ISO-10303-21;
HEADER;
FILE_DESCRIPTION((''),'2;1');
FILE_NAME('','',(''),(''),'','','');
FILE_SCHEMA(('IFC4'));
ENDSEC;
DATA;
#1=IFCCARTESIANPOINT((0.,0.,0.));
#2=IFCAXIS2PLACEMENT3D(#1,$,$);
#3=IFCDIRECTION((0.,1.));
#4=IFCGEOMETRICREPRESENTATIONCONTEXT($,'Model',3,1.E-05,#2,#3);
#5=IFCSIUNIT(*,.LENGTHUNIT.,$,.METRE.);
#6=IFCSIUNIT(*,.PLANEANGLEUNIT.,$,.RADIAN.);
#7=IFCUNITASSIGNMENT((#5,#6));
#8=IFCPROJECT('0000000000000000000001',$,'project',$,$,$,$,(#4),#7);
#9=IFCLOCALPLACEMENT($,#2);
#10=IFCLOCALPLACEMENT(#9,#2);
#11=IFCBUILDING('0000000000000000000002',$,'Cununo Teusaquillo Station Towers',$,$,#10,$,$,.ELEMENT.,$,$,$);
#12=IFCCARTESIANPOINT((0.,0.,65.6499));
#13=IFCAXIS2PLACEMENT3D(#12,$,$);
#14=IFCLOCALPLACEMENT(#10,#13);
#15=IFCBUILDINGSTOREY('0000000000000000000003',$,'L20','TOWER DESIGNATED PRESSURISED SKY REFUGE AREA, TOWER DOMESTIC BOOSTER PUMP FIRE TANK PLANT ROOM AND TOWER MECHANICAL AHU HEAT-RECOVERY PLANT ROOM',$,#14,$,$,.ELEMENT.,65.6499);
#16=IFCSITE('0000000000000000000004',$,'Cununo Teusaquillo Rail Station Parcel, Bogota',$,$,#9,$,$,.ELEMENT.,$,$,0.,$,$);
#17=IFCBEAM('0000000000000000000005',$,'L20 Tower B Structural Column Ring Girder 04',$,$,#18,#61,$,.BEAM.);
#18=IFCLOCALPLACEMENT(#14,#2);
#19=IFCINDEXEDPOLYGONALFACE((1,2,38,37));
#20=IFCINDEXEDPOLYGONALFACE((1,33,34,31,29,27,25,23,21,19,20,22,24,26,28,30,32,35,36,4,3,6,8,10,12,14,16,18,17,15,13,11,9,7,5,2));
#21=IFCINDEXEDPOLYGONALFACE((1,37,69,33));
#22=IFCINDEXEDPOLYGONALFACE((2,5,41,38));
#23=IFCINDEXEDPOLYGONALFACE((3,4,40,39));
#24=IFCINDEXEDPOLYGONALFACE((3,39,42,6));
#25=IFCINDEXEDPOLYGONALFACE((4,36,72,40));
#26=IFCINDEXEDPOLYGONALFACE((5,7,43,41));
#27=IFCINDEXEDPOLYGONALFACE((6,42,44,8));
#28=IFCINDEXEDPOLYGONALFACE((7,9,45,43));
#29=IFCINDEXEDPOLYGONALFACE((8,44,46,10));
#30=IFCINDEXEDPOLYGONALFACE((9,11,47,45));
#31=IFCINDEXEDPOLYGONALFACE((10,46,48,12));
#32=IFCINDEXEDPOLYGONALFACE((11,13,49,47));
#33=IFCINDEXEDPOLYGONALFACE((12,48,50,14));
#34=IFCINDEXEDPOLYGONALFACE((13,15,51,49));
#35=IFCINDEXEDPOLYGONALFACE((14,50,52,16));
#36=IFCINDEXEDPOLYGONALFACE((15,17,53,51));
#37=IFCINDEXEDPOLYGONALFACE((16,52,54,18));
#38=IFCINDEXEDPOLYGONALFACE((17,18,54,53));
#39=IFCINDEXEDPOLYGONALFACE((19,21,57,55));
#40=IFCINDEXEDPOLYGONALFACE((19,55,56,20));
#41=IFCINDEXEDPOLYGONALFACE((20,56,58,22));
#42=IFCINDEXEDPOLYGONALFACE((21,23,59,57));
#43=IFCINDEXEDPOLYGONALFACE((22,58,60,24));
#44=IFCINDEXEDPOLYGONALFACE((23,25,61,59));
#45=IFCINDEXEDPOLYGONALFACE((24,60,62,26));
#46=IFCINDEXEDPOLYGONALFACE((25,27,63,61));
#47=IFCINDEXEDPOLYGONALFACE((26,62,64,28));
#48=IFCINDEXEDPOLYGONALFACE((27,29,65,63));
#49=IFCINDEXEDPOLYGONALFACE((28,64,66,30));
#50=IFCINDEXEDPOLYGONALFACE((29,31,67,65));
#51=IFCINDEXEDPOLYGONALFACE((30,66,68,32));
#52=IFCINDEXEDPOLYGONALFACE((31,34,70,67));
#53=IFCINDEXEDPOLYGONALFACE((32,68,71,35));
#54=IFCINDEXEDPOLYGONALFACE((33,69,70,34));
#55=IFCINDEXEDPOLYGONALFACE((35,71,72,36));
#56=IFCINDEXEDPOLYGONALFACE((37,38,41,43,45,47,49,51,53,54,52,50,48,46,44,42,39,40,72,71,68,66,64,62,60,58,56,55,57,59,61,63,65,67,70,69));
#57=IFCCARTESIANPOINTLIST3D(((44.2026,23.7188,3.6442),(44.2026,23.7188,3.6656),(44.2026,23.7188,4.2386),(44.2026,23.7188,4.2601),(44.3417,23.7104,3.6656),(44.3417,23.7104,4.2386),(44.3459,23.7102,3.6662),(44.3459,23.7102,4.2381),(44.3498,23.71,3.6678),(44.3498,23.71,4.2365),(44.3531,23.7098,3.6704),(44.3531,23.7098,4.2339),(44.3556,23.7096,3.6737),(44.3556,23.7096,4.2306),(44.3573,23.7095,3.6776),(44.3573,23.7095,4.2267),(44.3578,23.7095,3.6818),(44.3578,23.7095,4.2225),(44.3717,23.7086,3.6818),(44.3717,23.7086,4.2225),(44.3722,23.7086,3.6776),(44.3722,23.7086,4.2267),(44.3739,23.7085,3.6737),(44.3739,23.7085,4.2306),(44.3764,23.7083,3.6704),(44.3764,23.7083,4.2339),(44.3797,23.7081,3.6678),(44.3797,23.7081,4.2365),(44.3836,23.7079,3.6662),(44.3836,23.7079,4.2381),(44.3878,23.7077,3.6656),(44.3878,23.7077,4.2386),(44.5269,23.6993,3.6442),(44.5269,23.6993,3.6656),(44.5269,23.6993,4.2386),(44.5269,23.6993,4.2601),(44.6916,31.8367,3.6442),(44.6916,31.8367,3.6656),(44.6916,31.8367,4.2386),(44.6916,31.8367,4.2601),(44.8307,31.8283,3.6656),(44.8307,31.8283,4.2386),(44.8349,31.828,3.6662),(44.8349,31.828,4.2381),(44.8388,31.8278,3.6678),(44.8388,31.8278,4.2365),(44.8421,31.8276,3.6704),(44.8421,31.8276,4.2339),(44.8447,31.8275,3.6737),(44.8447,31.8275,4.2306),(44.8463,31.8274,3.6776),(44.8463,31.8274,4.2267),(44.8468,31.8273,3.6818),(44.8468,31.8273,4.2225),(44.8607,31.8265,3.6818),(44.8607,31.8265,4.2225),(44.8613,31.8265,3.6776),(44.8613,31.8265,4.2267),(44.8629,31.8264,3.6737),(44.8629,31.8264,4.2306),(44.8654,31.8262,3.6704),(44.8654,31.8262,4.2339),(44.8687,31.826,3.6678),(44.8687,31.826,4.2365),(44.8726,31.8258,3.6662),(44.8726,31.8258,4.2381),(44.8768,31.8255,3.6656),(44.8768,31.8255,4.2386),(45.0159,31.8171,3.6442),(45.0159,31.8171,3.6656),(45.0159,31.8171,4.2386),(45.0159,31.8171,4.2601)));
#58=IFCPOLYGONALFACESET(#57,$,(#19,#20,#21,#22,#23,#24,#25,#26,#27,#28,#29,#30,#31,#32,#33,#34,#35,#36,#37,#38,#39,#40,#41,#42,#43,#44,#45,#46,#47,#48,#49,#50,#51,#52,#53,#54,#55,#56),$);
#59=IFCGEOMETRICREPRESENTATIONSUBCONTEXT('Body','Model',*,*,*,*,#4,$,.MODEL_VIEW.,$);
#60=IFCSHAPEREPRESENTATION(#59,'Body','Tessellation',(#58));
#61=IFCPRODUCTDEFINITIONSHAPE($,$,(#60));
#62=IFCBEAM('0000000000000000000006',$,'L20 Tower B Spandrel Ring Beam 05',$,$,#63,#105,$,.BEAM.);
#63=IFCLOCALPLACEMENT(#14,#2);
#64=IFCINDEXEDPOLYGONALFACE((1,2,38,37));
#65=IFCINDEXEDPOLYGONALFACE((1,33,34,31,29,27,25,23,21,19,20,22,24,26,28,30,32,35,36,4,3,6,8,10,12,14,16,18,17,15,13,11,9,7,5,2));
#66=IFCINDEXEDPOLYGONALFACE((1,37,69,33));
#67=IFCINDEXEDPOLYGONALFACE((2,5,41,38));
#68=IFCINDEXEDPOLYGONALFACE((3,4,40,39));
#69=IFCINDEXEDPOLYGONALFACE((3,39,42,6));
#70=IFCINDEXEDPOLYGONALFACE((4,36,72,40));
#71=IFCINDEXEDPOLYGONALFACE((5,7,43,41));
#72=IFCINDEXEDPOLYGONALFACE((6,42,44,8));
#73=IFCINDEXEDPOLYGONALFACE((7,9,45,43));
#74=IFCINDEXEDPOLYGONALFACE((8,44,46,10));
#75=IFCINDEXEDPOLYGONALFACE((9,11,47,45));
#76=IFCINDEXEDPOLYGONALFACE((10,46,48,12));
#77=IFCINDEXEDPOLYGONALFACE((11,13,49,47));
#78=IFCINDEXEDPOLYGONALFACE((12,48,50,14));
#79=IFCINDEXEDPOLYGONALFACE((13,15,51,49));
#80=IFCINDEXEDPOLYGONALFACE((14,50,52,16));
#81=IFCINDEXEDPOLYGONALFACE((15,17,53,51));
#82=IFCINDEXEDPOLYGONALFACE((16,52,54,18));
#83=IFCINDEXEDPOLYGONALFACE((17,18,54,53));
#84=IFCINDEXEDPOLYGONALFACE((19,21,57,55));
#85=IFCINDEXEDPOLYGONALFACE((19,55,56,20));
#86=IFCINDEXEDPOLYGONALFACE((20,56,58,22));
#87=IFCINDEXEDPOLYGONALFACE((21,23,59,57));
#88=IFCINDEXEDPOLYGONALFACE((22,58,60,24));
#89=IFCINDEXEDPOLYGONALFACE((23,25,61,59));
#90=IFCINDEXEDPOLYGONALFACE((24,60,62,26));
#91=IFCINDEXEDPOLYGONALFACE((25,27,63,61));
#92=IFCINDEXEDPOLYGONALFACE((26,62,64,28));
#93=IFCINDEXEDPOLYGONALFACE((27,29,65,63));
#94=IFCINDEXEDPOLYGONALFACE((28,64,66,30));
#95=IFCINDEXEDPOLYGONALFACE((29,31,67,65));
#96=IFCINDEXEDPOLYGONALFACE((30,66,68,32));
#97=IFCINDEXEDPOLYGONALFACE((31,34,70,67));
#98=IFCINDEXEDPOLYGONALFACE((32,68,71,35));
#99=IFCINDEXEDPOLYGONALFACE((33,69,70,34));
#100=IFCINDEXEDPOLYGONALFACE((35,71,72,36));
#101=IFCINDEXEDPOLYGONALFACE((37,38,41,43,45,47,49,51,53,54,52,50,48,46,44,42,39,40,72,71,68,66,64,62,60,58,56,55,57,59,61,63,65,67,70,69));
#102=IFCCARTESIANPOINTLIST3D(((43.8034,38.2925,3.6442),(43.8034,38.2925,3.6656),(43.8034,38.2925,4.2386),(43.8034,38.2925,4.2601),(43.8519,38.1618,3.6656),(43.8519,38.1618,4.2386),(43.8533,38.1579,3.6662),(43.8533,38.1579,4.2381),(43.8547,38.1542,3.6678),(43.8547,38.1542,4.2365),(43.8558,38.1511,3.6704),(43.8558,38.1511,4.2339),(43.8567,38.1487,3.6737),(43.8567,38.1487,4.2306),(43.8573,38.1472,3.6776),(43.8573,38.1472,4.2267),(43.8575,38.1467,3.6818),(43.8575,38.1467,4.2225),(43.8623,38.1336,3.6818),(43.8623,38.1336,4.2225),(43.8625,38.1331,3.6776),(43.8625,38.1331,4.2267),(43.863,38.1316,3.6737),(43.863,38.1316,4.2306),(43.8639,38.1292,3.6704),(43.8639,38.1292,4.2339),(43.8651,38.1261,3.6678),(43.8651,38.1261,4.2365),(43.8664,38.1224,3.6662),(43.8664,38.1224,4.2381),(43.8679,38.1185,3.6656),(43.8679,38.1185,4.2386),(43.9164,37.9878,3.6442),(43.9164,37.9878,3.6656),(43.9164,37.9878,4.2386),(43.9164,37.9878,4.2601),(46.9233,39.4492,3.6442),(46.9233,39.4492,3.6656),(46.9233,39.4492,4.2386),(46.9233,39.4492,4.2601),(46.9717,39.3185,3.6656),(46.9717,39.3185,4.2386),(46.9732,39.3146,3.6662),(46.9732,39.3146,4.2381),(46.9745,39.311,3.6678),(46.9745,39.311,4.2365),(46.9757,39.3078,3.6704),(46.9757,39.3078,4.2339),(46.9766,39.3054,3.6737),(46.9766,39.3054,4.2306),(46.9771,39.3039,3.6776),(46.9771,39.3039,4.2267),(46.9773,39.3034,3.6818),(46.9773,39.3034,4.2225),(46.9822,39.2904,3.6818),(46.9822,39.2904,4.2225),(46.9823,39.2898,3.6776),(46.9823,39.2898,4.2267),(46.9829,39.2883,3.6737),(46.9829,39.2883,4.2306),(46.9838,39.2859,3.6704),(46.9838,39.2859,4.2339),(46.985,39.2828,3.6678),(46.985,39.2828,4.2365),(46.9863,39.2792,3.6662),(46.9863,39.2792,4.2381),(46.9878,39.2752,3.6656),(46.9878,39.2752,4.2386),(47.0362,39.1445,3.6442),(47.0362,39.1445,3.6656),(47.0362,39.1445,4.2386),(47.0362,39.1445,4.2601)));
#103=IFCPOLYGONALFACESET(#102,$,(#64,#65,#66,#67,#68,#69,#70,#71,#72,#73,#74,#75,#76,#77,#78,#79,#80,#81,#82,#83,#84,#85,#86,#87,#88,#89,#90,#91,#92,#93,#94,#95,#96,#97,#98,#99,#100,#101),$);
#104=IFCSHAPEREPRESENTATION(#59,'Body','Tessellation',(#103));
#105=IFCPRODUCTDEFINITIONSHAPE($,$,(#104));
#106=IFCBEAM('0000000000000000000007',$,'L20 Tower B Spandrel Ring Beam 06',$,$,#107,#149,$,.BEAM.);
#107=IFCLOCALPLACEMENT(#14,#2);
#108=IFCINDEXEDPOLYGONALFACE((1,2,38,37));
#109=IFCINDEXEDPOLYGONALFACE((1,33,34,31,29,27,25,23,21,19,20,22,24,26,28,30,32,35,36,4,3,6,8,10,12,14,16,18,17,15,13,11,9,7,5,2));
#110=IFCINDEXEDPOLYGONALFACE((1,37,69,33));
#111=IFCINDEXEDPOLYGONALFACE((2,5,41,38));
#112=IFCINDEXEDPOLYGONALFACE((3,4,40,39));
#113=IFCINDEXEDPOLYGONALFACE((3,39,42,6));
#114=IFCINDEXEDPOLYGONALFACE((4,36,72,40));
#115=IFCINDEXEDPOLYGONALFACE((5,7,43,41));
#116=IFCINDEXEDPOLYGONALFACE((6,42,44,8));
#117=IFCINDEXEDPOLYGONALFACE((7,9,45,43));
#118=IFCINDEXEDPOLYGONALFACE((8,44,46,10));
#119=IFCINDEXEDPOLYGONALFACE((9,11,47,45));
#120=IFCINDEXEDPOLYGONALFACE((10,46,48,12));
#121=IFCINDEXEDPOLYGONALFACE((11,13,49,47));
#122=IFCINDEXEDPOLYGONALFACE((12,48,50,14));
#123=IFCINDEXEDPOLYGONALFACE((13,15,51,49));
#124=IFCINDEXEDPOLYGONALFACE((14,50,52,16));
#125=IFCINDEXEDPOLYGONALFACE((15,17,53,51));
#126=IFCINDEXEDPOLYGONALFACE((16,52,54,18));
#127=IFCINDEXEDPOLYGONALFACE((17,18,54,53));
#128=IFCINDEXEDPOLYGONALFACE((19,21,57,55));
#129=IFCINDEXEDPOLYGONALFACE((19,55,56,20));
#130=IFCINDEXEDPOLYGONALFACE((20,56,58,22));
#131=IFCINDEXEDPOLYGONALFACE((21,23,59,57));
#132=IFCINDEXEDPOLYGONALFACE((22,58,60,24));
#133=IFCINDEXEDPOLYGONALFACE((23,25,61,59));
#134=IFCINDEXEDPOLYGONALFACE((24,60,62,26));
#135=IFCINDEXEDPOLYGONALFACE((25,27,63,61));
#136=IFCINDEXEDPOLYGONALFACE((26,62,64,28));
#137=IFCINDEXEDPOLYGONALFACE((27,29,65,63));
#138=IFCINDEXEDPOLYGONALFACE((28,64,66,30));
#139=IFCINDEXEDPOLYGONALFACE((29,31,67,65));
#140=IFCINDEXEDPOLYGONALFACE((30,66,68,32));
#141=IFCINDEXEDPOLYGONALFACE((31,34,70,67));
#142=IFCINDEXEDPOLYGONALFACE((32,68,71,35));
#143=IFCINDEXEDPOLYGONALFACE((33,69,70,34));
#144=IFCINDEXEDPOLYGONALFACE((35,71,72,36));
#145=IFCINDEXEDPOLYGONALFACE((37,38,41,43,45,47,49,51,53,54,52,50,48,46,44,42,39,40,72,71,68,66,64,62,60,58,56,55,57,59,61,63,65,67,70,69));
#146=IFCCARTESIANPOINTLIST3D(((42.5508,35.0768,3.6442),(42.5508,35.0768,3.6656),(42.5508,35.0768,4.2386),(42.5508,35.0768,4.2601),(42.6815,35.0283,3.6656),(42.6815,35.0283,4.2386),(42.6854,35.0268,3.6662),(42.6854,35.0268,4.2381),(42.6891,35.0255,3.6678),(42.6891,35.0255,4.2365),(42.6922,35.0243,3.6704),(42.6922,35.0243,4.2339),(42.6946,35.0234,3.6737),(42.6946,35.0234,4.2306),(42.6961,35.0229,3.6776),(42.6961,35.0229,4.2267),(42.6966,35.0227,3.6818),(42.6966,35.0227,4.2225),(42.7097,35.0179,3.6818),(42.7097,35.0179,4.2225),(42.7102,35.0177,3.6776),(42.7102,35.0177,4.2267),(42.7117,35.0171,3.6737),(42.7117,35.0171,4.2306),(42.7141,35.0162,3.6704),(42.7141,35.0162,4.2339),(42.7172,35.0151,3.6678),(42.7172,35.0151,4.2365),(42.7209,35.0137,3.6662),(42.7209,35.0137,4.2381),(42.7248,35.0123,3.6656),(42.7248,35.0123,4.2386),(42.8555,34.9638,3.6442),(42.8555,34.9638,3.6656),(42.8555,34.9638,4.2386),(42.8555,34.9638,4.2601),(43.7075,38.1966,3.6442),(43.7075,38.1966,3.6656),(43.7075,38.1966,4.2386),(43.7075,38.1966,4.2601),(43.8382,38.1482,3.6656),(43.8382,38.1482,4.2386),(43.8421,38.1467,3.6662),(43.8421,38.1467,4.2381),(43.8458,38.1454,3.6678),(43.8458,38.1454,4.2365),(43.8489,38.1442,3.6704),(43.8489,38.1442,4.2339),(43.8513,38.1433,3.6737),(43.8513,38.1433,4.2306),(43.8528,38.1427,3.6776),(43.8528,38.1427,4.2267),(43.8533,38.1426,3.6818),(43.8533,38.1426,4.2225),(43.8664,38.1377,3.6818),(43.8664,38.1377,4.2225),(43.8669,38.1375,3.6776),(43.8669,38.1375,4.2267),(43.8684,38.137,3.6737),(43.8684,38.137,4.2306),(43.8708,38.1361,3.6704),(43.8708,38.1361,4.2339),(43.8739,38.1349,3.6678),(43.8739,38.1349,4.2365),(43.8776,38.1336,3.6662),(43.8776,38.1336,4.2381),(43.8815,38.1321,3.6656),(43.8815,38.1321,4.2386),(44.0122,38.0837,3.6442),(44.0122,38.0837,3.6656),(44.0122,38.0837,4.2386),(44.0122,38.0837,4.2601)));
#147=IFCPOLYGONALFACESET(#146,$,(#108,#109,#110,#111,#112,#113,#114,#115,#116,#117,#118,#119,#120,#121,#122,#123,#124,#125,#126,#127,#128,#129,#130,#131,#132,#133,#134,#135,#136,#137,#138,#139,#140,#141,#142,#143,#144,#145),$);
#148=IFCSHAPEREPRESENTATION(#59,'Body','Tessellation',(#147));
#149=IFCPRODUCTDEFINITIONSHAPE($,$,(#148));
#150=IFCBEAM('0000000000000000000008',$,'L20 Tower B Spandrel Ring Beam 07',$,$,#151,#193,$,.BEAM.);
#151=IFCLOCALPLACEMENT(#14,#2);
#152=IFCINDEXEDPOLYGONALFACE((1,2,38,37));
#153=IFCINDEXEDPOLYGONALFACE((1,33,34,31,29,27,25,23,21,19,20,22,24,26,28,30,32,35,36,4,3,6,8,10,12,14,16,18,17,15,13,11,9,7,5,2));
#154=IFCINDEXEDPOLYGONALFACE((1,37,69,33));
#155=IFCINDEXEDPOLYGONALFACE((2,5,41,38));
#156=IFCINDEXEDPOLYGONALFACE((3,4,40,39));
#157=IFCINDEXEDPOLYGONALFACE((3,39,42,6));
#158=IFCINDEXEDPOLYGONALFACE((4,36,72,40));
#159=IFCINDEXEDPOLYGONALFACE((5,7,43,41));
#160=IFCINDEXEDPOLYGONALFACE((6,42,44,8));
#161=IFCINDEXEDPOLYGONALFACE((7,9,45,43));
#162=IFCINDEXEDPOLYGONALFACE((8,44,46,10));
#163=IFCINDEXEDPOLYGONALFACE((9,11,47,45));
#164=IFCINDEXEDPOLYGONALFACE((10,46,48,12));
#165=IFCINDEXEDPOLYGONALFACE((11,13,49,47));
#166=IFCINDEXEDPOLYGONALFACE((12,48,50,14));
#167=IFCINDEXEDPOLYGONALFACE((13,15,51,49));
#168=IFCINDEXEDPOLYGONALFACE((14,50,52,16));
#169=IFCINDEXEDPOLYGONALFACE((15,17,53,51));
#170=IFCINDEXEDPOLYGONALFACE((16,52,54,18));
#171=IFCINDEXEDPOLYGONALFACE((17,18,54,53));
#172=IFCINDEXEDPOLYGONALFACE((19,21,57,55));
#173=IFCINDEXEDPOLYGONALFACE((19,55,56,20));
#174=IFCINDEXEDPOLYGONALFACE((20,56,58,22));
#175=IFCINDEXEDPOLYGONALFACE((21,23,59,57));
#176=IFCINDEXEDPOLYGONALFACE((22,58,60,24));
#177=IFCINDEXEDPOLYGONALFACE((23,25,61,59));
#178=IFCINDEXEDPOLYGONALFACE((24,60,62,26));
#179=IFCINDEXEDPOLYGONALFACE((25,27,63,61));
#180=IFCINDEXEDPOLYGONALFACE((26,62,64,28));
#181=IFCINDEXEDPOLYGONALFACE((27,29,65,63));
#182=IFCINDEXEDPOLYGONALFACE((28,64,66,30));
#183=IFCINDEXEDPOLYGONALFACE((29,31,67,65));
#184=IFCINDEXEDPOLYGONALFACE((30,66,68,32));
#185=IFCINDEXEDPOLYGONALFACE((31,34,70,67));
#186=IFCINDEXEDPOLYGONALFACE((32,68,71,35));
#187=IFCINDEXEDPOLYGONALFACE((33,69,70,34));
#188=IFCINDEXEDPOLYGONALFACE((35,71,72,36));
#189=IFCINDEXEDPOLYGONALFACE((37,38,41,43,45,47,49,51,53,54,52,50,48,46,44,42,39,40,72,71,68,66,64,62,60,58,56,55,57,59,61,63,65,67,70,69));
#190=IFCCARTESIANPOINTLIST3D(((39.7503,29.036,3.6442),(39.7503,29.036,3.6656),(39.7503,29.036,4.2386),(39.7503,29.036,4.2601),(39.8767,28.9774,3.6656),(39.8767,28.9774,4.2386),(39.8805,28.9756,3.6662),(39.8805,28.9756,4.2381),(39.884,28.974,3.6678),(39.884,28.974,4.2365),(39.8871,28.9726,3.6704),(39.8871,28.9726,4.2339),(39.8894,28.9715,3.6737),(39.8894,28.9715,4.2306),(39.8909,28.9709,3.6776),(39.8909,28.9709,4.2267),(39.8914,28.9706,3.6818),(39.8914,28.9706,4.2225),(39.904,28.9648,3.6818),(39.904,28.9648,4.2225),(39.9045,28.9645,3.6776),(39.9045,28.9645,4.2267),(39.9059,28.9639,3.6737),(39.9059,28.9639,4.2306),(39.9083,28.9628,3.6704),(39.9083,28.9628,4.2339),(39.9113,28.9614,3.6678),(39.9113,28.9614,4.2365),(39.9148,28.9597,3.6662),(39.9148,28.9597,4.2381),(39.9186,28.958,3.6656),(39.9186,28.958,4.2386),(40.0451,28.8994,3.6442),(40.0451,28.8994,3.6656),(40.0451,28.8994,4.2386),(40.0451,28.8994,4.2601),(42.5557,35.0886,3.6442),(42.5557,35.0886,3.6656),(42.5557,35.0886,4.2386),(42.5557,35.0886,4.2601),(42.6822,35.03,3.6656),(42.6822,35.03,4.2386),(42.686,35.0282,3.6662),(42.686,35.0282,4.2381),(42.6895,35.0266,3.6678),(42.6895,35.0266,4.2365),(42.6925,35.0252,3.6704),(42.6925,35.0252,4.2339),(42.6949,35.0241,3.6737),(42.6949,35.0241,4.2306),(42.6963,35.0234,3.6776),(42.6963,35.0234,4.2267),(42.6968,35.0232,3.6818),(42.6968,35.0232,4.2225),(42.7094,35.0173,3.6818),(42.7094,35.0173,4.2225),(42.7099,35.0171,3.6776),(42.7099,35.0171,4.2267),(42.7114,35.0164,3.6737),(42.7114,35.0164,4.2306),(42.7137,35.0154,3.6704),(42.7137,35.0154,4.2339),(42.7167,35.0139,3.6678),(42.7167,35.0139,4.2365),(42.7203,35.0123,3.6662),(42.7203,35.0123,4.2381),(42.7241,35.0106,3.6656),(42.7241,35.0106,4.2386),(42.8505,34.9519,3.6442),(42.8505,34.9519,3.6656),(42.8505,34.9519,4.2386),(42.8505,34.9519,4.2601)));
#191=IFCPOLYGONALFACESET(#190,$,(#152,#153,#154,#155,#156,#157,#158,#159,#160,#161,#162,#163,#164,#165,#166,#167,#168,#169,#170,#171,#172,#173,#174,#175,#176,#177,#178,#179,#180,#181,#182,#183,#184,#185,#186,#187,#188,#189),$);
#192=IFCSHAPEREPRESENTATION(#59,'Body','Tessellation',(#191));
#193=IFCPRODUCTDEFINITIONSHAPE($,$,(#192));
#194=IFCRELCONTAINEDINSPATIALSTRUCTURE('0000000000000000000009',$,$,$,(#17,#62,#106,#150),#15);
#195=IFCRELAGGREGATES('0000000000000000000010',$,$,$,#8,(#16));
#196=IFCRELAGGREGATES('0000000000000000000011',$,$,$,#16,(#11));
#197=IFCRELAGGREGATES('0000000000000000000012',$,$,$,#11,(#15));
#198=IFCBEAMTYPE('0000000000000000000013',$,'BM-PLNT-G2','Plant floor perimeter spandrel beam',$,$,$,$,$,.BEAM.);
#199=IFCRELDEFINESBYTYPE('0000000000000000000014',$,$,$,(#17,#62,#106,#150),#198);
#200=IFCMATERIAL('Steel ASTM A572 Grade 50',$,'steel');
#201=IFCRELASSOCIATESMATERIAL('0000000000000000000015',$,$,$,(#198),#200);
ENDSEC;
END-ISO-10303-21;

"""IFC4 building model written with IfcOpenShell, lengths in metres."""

from ifc_helpers import new_model, si_unit, direction, frame, origin, origin_2d, place, context, subcontext, project, spatial, i_section, extrude, material, material_profile, profile_set, type_object, element, save


model = new_model("IFC4")

# Units and contexts
model_context = context("Model", 3, precision=1e-05, world=origin(), true_north=direction((0.0, 1.0)))
body_context = subcontext(model_context, "Body", "Model", "MODEL_VIEW")
ifc_project = project(units=[si_unit("LENGTHUNIT", "METRE"), si_unit("PLANEANGLEUNIT", "RADIAN")], contexts=[model_context])

# Site, building, storey
site_placement = place(None, origin())
site = spatial("IfcSite", under=ifc_project, at=site_placement, Name="Cununo Teusaquillo Rail Station Parcel, Bogota", CompositionType="ELEMENT", RefElevation=0.0)
building_placement = place(site_placement, origin())
building = spatial("IfcBuilding", under=site, at=building_placement, Name="Cununo Teusaquillo Station Towers", CompositionType="ELEMENT")
storey_placement = place(building_placement, frame((0.0, 0.0, 65.6499)))
storey = spatial("IfcBuildingStorey", under=building, at=storey_placement, Name="L20", Description="TOWER DESIGNATED PRESSURISED SKY REFUGE AREA, TOWER DOMESTIC BOOSTER PUMP FIRE TANK PLANT ROOM AND TOWER MECHANICAL AHU HEAT-RECOVERY PLANT ROOM", CompositionType="ELEMENT", Elevation=65.6499)

# Beams
ifc_material_1 = material(Name="Steel ASTM A572 Grade 50", Category="steel")
ifc_material_profile_1 = material_profile(ifc_material_1, i_section(OverallWidth=0.325, OverallDepth=0.616, WebThickness=0.0139, FlangeThickness=0.0215, FilletRadius=0.0161, at=origin_2d()), Name="W24X117")
ifc_profile_set_1 = profile_set([ifc_material_profile_1], Name="Steel ASTM A572 Grade 50")
beam_type_1 = type_object("IfcBeamType", Name="BM-PLNT-G2", Description="Plant floor perimeter spandrel beam", PredefinedType="BEAM", material=ifc_profile_set_1)
beam_1_placement = place(storey_placement, frame((44.8538, 31.8269, 3.9521), z_axis=(-0.06013, -0.998191, 0.0), x_axis=(0.998191, -0.06013, 0.0)))
element("IfcBeam", 1, at=beam_1_placement, inside=storey, type_object=beam_type_1, Name="L20 Tower B Structural Column Ring Girder 04", PredefinedType="BEAM", context=body_context, shape_type="SweptSolid", body=[
    extrude(i_section(OverallWidth=0.325, OverallDepth=0.616, WebThickness=0.0139, FlangeThickness=0.0215, FilletRadius=0.0161, at=origin_2d()), origin(), (0.0, 0.0, 1.0), 8.1326),
])
for number, where, z_axis, x_axis, name in (
    (2, (46.9797, 39.2969, 3.9521), (-0.937628, -0.347639, 0.0), (0.347639, -0.937628, 0.0), "L20 Tower B Spandrel Ring Beam 05"),
    (3, (43.8599, 38.1401, 3.9521), (-0.347639, -0.937628, 0.0), (0.937628, -0.347639, 0.0), "L20 Tower B Spandrel Ring Beam 06"),
):
    element("IfcBeam", number, at=place(storey_placement, frame(where, z_axis=z_axis, x_axis=x_axis)), inside=storey, type_object=beam_type_1, Name=name, PredefinedType="BEAM", context=body_context, shape_type="SweptSolid", body=[
        extrude(i_section(OverallWidth=0.325, OverallDepth=0.616, WebThickness=0.0139, FlangeThickness=0.0215, FilletRadius=0.0161, at=origin_2d()), origin(), (0.0, 0.0, 1.0), 3.3274),
    ])
beam_2_placement = place(storey_placement, frame((42.7031, 35.0203, 3.9521), z_axis=(-0.420536, -0.907276, 0.0), x_axis=(0.907276, -0.420536, 0.0)))
element("IfcBeam", 4, at=beam_2_placement, inside=storey, type_object=beam_type_1, Name="L20 Tower B Spandrel Ring Beam 07", PredefinedType="BEAM", context=body_context, shape_type="SweptSolid", body=[
    extrude(i_section(OverallWidth=0.325, OverallDepth=0.616, WebThickness=0.0139, FlangeThickness=0.0215, FilletRadius=0.0161, at=origin_2d()), origin(), (0.0, 0.0, 1.0), 6.6711),
])

save(model, "model.ifc")
